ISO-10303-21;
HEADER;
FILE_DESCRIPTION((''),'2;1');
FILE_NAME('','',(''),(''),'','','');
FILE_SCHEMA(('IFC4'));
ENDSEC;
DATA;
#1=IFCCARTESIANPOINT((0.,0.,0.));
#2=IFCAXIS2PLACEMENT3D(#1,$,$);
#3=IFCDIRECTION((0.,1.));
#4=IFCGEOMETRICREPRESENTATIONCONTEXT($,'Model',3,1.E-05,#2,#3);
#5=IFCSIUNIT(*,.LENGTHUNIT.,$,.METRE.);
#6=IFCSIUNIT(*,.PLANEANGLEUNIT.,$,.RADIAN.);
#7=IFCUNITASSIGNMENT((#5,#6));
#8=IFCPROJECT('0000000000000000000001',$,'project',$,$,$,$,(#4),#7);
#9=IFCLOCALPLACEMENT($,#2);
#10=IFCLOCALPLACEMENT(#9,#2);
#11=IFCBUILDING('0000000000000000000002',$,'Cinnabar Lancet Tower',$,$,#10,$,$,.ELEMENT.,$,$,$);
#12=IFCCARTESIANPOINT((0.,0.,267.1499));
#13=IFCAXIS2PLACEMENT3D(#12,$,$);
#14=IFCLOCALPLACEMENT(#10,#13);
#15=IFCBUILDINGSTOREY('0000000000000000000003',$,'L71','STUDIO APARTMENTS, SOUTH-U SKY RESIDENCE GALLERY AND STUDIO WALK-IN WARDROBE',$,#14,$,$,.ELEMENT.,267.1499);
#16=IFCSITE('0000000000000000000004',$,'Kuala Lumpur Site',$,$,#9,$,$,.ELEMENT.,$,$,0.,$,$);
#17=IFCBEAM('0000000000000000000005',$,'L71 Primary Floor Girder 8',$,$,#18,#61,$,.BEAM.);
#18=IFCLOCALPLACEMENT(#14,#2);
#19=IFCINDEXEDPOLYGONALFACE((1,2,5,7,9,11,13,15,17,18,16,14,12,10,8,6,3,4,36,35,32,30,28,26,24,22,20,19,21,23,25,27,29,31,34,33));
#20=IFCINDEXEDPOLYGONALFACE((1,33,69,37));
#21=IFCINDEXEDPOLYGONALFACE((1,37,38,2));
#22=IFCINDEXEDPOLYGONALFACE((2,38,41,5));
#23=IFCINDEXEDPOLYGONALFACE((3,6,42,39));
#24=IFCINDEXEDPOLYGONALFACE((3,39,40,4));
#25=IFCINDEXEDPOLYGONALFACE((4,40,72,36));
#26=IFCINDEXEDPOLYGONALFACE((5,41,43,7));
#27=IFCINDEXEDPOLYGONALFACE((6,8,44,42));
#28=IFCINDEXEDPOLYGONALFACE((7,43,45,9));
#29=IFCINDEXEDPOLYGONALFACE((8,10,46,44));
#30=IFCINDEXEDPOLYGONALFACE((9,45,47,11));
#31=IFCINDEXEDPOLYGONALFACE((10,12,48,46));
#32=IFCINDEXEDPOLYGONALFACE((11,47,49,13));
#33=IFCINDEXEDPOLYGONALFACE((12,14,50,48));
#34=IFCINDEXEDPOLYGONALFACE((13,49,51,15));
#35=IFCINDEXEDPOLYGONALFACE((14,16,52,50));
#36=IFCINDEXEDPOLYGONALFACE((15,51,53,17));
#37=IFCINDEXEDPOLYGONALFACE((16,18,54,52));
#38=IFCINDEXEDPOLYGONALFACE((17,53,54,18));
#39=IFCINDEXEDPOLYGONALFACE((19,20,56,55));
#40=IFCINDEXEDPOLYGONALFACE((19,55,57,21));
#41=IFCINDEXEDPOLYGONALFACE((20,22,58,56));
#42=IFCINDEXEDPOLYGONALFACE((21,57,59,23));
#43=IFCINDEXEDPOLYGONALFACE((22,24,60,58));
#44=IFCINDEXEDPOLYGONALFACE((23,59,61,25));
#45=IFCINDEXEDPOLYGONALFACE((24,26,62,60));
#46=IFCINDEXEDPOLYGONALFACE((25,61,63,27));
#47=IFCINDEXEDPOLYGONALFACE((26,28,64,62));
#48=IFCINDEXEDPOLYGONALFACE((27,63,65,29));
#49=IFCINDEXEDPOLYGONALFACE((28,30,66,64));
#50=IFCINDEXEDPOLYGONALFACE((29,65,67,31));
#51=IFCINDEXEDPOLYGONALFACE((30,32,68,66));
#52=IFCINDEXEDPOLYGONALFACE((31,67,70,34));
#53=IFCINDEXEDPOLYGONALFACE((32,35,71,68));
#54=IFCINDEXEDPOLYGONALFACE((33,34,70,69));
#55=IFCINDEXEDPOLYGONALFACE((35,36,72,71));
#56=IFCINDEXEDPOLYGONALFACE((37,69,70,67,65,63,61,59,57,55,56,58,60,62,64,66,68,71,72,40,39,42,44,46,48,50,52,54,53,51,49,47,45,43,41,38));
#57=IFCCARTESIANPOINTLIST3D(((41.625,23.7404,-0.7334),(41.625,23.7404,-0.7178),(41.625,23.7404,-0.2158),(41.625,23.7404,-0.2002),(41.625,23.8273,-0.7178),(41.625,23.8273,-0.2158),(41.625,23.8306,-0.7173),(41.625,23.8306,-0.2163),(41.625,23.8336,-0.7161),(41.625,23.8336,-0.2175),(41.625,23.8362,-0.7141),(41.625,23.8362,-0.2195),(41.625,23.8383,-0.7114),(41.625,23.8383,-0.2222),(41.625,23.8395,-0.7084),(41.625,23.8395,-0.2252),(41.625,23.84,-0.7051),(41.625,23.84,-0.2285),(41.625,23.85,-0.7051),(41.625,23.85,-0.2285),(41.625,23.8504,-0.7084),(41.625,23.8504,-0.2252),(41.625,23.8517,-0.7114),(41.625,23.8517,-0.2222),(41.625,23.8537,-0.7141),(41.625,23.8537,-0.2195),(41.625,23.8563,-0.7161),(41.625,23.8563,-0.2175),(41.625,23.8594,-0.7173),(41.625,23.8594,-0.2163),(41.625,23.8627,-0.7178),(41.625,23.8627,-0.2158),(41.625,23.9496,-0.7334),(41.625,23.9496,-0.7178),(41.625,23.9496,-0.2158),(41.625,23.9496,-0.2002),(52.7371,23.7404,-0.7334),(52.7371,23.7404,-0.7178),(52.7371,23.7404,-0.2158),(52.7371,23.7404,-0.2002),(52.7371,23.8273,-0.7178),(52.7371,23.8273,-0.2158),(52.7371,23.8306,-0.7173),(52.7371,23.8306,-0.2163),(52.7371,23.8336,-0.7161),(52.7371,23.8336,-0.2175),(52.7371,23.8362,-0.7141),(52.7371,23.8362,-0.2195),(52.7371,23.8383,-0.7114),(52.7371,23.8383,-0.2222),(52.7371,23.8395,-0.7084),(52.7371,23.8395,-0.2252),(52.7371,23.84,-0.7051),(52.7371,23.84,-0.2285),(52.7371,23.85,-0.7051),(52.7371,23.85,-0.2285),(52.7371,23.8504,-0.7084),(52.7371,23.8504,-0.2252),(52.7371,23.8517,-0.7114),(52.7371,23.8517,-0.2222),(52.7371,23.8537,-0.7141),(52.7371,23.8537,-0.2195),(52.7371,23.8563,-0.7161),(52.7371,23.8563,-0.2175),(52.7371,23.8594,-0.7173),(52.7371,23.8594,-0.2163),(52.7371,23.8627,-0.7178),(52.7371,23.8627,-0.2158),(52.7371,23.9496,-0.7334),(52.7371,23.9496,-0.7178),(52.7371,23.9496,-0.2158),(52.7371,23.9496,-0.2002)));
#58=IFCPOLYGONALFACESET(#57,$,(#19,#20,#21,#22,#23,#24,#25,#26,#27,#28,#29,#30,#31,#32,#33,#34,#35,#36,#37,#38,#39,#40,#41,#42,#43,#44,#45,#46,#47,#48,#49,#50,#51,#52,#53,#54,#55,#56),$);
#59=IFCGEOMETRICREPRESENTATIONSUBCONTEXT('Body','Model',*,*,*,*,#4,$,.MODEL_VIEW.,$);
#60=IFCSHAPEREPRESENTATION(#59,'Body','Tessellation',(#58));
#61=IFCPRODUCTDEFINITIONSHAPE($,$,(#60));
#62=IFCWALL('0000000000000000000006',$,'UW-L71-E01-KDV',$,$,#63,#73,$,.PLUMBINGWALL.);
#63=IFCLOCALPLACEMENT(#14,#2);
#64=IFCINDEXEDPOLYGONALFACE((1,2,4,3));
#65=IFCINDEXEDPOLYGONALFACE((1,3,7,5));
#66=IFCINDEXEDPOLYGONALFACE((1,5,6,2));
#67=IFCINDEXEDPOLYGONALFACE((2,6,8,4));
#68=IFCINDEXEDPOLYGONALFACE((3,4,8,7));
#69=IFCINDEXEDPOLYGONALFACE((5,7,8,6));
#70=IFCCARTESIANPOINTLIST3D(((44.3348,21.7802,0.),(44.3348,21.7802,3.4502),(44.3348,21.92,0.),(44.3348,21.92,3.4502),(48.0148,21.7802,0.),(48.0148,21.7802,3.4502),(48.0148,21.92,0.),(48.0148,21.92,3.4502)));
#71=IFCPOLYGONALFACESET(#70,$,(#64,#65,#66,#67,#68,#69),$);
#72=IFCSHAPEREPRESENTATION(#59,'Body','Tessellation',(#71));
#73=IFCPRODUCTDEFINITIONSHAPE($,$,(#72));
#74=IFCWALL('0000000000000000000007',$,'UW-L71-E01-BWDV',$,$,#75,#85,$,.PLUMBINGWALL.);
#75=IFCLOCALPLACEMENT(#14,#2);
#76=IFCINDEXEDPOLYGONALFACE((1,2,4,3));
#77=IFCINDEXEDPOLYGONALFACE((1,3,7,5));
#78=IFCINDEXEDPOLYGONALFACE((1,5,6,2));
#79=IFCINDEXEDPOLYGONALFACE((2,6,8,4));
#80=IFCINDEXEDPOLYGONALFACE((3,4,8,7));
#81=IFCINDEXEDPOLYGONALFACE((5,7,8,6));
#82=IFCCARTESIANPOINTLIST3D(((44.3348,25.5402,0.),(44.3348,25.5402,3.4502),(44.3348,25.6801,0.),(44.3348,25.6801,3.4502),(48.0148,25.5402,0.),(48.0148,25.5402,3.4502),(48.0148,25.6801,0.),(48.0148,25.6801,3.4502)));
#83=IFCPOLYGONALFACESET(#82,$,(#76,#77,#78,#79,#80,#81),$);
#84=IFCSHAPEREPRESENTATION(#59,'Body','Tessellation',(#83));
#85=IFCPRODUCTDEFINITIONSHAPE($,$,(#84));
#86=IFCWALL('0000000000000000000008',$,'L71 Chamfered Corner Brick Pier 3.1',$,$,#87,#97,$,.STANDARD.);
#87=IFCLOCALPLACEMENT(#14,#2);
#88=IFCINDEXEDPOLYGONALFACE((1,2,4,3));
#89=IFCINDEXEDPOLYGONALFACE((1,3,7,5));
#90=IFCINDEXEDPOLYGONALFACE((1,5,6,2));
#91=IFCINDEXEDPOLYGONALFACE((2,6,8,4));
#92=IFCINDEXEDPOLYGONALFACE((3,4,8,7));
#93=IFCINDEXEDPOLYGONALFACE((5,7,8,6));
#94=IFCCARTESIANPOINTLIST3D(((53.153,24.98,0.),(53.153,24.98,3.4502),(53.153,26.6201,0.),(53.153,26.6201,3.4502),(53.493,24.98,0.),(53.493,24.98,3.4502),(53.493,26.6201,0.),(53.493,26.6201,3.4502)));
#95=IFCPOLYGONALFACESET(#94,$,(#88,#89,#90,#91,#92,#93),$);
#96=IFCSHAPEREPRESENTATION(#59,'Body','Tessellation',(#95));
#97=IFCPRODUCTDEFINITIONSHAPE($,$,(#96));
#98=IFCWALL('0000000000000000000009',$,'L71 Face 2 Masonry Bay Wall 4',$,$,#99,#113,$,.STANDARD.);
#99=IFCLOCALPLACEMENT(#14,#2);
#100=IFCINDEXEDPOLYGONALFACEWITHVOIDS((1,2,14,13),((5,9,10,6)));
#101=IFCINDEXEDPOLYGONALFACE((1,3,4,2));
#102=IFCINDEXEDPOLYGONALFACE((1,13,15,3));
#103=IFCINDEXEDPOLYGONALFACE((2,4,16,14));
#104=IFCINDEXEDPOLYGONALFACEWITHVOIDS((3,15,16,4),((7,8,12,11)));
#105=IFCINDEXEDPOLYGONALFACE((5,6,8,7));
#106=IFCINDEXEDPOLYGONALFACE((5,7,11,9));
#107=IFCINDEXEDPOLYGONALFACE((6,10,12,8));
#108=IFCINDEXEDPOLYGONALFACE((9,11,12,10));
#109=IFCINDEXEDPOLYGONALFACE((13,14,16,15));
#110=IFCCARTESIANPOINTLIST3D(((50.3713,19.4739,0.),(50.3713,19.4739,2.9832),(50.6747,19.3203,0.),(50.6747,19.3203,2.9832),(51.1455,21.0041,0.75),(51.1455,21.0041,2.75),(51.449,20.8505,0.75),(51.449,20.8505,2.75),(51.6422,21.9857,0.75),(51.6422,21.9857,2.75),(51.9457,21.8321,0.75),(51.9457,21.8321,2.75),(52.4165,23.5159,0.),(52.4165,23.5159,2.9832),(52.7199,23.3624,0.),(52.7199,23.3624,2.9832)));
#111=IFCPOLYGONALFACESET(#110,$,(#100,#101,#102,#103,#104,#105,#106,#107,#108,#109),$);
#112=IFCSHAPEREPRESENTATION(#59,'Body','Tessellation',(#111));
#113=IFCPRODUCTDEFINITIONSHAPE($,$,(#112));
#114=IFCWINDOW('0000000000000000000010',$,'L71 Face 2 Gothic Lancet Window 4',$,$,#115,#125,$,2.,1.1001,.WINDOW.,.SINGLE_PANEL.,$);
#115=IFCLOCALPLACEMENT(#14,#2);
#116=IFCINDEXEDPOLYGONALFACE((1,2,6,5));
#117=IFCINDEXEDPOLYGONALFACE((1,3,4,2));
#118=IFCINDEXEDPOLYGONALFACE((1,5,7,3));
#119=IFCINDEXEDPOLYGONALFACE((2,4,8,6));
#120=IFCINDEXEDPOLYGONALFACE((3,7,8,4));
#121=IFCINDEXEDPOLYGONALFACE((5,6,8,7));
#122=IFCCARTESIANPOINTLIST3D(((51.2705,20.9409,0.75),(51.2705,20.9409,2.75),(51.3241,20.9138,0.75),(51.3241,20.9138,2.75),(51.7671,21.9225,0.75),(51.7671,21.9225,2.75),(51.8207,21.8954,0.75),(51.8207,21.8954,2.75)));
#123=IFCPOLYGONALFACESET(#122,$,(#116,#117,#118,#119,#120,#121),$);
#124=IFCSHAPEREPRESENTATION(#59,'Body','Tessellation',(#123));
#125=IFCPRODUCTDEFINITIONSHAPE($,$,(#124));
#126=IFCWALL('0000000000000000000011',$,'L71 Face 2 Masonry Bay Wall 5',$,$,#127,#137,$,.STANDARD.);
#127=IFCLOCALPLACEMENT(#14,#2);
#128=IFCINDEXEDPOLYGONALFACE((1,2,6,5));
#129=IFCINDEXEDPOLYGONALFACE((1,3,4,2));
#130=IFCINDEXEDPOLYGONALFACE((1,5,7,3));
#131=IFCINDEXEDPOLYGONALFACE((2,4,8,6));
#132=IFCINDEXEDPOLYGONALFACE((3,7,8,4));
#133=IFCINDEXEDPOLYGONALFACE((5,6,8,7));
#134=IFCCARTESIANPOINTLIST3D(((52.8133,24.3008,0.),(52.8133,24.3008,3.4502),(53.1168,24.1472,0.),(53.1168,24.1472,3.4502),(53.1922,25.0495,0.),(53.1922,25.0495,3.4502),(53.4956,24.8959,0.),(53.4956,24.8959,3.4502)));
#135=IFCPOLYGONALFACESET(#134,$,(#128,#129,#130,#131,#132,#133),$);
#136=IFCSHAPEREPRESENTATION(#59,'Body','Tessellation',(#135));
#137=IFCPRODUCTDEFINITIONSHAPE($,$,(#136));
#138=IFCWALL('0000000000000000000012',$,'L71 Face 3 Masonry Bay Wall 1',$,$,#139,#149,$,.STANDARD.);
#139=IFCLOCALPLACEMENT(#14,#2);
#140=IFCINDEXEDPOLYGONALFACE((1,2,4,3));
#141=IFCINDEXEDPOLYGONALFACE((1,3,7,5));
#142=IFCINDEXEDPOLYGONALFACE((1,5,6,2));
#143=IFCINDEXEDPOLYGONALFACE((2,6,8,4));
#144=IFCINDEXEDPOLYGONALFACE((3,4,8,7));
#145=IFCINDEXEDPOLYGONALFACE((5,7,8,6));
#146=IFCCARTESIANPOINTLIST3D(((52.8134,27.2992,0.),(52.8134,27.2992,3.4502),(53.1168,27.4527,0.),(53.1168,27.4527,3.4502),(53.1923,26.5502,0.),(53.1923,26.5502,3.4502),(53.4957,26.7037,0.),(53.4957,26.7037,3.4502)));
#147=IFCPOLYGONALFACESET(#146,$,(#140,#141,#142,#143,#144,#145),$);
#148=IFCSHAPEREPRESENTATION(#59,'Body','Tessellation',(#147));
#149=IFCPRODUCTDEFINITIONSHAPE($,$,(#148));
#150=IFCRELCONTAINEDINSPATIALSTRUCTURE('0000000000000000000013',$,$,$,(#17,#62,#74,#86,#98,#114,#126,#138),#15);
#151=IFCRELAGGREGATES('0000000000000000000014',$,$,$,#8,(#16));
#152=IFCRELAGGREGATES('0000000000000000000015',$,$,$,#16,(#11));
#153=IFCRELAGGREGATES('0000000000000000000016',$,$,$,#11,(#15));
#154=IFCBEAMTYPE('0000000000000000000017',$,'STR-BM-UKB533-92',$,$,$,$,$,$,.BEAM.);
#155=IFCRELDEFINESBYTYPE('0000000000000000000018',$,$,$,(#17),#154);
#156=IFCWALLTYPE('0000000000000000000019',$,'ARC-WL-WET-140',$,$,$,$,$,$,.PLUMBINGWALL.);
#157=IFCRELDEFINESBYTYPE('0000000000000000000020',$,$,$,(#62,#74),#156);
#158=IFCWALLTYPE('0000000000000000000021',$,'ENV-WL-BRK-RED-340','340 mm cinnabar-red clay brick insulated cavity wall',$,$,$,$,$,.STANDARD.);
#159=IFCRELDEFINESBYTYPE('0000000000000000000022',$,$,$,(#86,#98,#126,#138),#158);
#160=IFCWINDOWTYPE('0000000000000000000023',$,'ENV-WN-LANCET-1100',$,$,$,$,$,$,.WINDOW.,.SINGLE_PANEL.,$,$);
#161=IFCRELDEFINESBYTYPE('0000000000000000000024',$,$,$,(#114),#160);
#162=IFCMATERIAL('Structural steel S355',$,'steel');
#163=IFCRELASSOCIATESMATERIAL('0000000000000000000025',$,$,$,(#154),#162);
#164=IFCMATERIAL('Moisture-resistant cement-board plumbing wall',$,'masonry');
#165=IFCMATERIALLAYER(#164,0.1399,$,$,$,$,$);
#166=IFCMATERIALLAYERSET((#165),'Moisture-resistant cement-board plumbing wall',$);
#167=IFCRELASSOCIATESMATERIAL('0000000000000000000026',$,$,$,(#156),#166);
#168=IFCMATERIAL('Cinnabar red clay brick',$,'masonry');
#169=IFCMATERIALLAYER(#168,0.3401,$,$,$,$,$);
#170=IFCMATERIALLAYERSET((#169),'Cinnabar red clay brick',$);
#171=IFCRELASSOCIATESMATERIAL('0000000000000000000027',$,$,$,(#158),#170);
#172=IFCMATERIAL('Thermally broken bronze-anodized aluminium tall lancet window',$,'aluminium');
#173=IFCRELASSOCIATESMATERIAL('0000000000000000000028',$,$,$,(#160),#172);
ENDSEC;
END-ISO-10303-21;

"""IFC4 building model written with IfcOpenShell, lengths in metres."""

from ifc_helpers import new_model, si_unit, direction, frame, frame_2d, origin, origin_2d, place, context, subcontext, project, spatial, rectangle, i_section, extrude, material, layer, layer_set, material_profile, profile_set, type_object, element, fill, save


model = new_model("IFC4")

# Units and contexts
model_context = context("Model", 3, precision=1e-05, world=origin(), true_north=direction((0.0, 1.0)))
body_context = subcontext(model_context, "Body", "Model", "MODEL_VIEW")
ifc_project = project(units=[si_unit("LENGTHUNIT", "METRE"), si_unit("PLANEANGLEUNIT", "RADIAN")], contexts=[model_context])

# Site, building, storey
site_placement = place(None, origin())
site = spatial("IfcSite", under=ifc_project, at=site_placement, Name="Kuala Lumpur Site", CompositionType="ELEMENT", RefElevation=0.0)
building_placement = place(site_placement, origin())
building = spatial("IfcBuilding", under=site, at=building_placement, Name="Cinnabar Lancet Tower", CompositionType="ELEMENT")
storey_placement = place(building_placement, frame((0.0, 0.0, 267.1499)))
storey = spatial("IfcBuildingStorey", under=building, at=storey_placement, Name="L71", Description="STUDIO APARTMENTS, SOUTH-U SKY RESIDENCE GALLERY AND STUDIO WALK-IN WARDROBE", CompositionType="ELEMENT", Elevation=267.1499)

# Beam
ifc_material_1 = material(Name="Structural steel S355", Category="steel")
ifc_material_profile_1 = material_profile(ifc_material_1, i_section(OverallWidth=0.2092, OverallDepth=0.5332, WebThickness=0.01, FlangeThickness=0.0156, FilletRadius=0.0127, at=origin_2d()), Name="UKB 533x210x92")
ifc_profile_set_1 = profile_set([ifc_material_profile_1], Name="Structural steel S355")
beam_type_1 = type_object("IfcBeamType", Name="STR-BM-UKB533-92", PredefinedType="BEAM", material=ifc_profile_set_1)
beam_1_placement = place(storey_placement, frame((52.7371, 23.845, -0.4668), z_axis=(-1.0, 0.0, 0.0), x_axis=(0.0, -1.0, 0.0)))
element("IfcBeam", 1, at=beam_1_placement, inside=storey, type_object=beam_type_1, Name="L71 Primary Floor Girder 8", PredefinedType="BEAM", context=body_context, shape_type="SweptSolid", body=[
    extrude(i_section(OverallWidth=0.2092, OverallDepth=0.5332, WebThickness=0.01, FlangeThickness=0.0156, FilletRadius=0.0127, at=origin_2d()), origin(), (0.0, 0.0, 1.0), 11.1121),
])

# Walls
ifc_material_2 = material(Name="Moisture-resistant cement-board plumbing wall", Category="masonry")
ifc_layer_1 = layer(ifc_material_2, 0.1399)
ifc_layer_set_1 = layer_set([ifc_layer_1], Name="Moisture-resistant cement-board plumbing wall")
wall_type_1 = type_object("IfcWallType", Name="ARC-WL-WET-140", PredefinedType="PLUMBINGWALL", material=ifc_layer_set_1)
for number, where, z_axis, x_axis, name in (
    (2, (44.335, 21.8501, 0.0), (0.0, 0.0, 1.0), (1.0, 0.0, 0.0), "UW-L71-E01-KDV"),
    (3, (44.335, 25.6101, 0.0), (0.0, 0.0, 1.0), (1.0, 0.0, 0.0), "UW-L71-E01-BWDV"),
):
    element("IfcWall", number, at=place(storey_placement, frame(where, z_axis=z_axis, x_axis=x_axis)), inside=storey, type_object=wall_type_1, Name=name, PredefinedType="PLUMBINGWALL", context=body_context, shape_type="SweptSolid", body=[
        extrude(rectangle(XDim=3.6799, YDim=0.1399, at=frame_2d((1.8398, 0.0))), origin(), (0.0, 0.0, 1.0), 3.4502),
    ])
ifc_material_3 = material(Name="Cinnabar red clay brick", Category="masonry")
ifc_layer_2 = layer(ifc_material_3, 0.3401)
ifc_layer_set_2 = layer_set([ifc_layer_2], Name="Cinnabar red clay brick")
wall_type_2 = type_object("IfcWallType", Name="ENV-WL-BRK-RED-340", Description="340 mm cinnabar-red clay brick insulated cavity wall", PredefinedType="STANDARD", material=ifc_layer_set_2)
wall_1_placement = place(storey_placement, frame((53.323, 24.98, 0.0), z_axis=(0.0, 0.0, 1.0), x_axis=(0.0, 1.0, 0.0)))
element("IfcWall", 4, at=wall_1_placement, inside=storey, type_object=wall_type_2, Name="L71 Chamfered Corner Brick Pier 3.1", PredefinedType="STANDARD", context=body_context, shape_type="SweptSolid", body=[
    extrude(rectangle(XDim=1.6401, YDim=0.3401, at=frame_2d((0.8201, 0.0))), origin(), (0.0, 0.0, 1.0), 3.4502),
])

# Wall, opening, window
wall_2_placement = place(storey_placement, frame((50.5229, 19.397, 0.0), z_axis=(0.0, 0.0, 1.0), x_axis=(0.451477, 0.892283, 0.0)))
wall_2 = element("IfcWall", 5, at=wall_2_placement, inside=storey, type_object=wall_type_2, Name="L71 Face 2 Masonry Bay Wall 4", PredefinedType="STANDARD", context=body_context, shape_type="SweptSolid", body=[
    extrude(rectangle(XDim=4.53, YDim=0.3401, at=frame_2d((2.2651, 0.0))), origin(), (0.0, 0.0, 1.0), 2.9832),
])
opening_placement = place(wall_2_placement, frame((1.7151, 0.0, 0.75)))
opening = element("IfcOpeningElement", 6, at=opening_placement, cuts=wall_2, PredefinedType="OPENING", context=body_context, shape_type="SweptSolid", body=[
    extrude(rectangle(XDim=1.1001, YDim=2.0, at=frame_2d((0.55, 1.0))), frame((0.0, 0.1799, 0.0), z_axis=(0.0, -1.0, 0.0), x_axis=(1.0, 0.0, 0.0)), (0.0, 0.0, 1.0), 0.3601),
])
ifc_material_4 = material(Name="Thermally broken bronze-anodized aluminium tall lancet window", Category="aluminium")
window_type = type_object("IfcWindowType", Name="ENV-WN-LANCET-1100", PartitioningType="SINGLE_PANEL", PredefinedType="WINDOW", material=ifc_material_4)
window_placement = place(opening_placement, origin())
window = element("IfcWindow", 7, at=window_placement, inside=storey, type_object=window_type, Name="L71 Face 2 Gothic Lancet Window 4", OverallHeight=2.0, OverallWidth=1.1001, PartitioningType="SINGLE_PANEL", PredefinedType="WINDOW", context=body_context, shape_type="SweptSolid", body=[
    extrude(rectangle(XDim=1.1001, YDim=2.0, at=frame_2d((0.55, 1.0))), frame((0.0, 0.03, 0.0), z_axis=(0.0, -1.0, 0.0), x_axis=(1.0, 0.0, 0.0)), (0.0, 0.0, 1.0), 0.0601),
])
fill(opening, window)

# Walls
wall_3_placement = place(storey_placement, frame((52.9651, 24.2241, 0.0), z_axis=(0.0, 0.0, 1.0), x_axis=(0.451514, 0.892264, 0.0)))
element("IfcWall", 8, at=wall_3_placement, inside=storey, type_object=wall_type_2, Name="L71 Face 2 Masonry Bay Wall 5", PredefinedType="STANDARD", context=body_context, shape_type="SweptSolid", body=[
    extrude(rectangle(XDim=0.8391, YDim=0.3401, at=frame_2d((0.4194, 0.0))), origin(), (0.0, 0.0, 1.0), 3.4502),
])
wall_4_placement = place(storey_placement, frame((53.344, 26.627, 0.0), z_axis=(0.0, 0.0, 1.0), x_axis=(-0.451397, 0.892323, 0.0)))
element("IfcWall", 9, at=wall_4_placement, inside=storey, type_object=wall_type_2, Name="L71 Face 3 Masonry Bay Wall 1", PredefinedType="STANDARD", context=body_context, shape_type="SweptSolid", body=[
    extrude(rectangle(XDim=0.8394, YDim=0.3401, at=frame_2d((0.4197, 0.0))), origin(), (0.0, 0.0, 1.0), 3.4502),
])

save(model, "model.ifc")
